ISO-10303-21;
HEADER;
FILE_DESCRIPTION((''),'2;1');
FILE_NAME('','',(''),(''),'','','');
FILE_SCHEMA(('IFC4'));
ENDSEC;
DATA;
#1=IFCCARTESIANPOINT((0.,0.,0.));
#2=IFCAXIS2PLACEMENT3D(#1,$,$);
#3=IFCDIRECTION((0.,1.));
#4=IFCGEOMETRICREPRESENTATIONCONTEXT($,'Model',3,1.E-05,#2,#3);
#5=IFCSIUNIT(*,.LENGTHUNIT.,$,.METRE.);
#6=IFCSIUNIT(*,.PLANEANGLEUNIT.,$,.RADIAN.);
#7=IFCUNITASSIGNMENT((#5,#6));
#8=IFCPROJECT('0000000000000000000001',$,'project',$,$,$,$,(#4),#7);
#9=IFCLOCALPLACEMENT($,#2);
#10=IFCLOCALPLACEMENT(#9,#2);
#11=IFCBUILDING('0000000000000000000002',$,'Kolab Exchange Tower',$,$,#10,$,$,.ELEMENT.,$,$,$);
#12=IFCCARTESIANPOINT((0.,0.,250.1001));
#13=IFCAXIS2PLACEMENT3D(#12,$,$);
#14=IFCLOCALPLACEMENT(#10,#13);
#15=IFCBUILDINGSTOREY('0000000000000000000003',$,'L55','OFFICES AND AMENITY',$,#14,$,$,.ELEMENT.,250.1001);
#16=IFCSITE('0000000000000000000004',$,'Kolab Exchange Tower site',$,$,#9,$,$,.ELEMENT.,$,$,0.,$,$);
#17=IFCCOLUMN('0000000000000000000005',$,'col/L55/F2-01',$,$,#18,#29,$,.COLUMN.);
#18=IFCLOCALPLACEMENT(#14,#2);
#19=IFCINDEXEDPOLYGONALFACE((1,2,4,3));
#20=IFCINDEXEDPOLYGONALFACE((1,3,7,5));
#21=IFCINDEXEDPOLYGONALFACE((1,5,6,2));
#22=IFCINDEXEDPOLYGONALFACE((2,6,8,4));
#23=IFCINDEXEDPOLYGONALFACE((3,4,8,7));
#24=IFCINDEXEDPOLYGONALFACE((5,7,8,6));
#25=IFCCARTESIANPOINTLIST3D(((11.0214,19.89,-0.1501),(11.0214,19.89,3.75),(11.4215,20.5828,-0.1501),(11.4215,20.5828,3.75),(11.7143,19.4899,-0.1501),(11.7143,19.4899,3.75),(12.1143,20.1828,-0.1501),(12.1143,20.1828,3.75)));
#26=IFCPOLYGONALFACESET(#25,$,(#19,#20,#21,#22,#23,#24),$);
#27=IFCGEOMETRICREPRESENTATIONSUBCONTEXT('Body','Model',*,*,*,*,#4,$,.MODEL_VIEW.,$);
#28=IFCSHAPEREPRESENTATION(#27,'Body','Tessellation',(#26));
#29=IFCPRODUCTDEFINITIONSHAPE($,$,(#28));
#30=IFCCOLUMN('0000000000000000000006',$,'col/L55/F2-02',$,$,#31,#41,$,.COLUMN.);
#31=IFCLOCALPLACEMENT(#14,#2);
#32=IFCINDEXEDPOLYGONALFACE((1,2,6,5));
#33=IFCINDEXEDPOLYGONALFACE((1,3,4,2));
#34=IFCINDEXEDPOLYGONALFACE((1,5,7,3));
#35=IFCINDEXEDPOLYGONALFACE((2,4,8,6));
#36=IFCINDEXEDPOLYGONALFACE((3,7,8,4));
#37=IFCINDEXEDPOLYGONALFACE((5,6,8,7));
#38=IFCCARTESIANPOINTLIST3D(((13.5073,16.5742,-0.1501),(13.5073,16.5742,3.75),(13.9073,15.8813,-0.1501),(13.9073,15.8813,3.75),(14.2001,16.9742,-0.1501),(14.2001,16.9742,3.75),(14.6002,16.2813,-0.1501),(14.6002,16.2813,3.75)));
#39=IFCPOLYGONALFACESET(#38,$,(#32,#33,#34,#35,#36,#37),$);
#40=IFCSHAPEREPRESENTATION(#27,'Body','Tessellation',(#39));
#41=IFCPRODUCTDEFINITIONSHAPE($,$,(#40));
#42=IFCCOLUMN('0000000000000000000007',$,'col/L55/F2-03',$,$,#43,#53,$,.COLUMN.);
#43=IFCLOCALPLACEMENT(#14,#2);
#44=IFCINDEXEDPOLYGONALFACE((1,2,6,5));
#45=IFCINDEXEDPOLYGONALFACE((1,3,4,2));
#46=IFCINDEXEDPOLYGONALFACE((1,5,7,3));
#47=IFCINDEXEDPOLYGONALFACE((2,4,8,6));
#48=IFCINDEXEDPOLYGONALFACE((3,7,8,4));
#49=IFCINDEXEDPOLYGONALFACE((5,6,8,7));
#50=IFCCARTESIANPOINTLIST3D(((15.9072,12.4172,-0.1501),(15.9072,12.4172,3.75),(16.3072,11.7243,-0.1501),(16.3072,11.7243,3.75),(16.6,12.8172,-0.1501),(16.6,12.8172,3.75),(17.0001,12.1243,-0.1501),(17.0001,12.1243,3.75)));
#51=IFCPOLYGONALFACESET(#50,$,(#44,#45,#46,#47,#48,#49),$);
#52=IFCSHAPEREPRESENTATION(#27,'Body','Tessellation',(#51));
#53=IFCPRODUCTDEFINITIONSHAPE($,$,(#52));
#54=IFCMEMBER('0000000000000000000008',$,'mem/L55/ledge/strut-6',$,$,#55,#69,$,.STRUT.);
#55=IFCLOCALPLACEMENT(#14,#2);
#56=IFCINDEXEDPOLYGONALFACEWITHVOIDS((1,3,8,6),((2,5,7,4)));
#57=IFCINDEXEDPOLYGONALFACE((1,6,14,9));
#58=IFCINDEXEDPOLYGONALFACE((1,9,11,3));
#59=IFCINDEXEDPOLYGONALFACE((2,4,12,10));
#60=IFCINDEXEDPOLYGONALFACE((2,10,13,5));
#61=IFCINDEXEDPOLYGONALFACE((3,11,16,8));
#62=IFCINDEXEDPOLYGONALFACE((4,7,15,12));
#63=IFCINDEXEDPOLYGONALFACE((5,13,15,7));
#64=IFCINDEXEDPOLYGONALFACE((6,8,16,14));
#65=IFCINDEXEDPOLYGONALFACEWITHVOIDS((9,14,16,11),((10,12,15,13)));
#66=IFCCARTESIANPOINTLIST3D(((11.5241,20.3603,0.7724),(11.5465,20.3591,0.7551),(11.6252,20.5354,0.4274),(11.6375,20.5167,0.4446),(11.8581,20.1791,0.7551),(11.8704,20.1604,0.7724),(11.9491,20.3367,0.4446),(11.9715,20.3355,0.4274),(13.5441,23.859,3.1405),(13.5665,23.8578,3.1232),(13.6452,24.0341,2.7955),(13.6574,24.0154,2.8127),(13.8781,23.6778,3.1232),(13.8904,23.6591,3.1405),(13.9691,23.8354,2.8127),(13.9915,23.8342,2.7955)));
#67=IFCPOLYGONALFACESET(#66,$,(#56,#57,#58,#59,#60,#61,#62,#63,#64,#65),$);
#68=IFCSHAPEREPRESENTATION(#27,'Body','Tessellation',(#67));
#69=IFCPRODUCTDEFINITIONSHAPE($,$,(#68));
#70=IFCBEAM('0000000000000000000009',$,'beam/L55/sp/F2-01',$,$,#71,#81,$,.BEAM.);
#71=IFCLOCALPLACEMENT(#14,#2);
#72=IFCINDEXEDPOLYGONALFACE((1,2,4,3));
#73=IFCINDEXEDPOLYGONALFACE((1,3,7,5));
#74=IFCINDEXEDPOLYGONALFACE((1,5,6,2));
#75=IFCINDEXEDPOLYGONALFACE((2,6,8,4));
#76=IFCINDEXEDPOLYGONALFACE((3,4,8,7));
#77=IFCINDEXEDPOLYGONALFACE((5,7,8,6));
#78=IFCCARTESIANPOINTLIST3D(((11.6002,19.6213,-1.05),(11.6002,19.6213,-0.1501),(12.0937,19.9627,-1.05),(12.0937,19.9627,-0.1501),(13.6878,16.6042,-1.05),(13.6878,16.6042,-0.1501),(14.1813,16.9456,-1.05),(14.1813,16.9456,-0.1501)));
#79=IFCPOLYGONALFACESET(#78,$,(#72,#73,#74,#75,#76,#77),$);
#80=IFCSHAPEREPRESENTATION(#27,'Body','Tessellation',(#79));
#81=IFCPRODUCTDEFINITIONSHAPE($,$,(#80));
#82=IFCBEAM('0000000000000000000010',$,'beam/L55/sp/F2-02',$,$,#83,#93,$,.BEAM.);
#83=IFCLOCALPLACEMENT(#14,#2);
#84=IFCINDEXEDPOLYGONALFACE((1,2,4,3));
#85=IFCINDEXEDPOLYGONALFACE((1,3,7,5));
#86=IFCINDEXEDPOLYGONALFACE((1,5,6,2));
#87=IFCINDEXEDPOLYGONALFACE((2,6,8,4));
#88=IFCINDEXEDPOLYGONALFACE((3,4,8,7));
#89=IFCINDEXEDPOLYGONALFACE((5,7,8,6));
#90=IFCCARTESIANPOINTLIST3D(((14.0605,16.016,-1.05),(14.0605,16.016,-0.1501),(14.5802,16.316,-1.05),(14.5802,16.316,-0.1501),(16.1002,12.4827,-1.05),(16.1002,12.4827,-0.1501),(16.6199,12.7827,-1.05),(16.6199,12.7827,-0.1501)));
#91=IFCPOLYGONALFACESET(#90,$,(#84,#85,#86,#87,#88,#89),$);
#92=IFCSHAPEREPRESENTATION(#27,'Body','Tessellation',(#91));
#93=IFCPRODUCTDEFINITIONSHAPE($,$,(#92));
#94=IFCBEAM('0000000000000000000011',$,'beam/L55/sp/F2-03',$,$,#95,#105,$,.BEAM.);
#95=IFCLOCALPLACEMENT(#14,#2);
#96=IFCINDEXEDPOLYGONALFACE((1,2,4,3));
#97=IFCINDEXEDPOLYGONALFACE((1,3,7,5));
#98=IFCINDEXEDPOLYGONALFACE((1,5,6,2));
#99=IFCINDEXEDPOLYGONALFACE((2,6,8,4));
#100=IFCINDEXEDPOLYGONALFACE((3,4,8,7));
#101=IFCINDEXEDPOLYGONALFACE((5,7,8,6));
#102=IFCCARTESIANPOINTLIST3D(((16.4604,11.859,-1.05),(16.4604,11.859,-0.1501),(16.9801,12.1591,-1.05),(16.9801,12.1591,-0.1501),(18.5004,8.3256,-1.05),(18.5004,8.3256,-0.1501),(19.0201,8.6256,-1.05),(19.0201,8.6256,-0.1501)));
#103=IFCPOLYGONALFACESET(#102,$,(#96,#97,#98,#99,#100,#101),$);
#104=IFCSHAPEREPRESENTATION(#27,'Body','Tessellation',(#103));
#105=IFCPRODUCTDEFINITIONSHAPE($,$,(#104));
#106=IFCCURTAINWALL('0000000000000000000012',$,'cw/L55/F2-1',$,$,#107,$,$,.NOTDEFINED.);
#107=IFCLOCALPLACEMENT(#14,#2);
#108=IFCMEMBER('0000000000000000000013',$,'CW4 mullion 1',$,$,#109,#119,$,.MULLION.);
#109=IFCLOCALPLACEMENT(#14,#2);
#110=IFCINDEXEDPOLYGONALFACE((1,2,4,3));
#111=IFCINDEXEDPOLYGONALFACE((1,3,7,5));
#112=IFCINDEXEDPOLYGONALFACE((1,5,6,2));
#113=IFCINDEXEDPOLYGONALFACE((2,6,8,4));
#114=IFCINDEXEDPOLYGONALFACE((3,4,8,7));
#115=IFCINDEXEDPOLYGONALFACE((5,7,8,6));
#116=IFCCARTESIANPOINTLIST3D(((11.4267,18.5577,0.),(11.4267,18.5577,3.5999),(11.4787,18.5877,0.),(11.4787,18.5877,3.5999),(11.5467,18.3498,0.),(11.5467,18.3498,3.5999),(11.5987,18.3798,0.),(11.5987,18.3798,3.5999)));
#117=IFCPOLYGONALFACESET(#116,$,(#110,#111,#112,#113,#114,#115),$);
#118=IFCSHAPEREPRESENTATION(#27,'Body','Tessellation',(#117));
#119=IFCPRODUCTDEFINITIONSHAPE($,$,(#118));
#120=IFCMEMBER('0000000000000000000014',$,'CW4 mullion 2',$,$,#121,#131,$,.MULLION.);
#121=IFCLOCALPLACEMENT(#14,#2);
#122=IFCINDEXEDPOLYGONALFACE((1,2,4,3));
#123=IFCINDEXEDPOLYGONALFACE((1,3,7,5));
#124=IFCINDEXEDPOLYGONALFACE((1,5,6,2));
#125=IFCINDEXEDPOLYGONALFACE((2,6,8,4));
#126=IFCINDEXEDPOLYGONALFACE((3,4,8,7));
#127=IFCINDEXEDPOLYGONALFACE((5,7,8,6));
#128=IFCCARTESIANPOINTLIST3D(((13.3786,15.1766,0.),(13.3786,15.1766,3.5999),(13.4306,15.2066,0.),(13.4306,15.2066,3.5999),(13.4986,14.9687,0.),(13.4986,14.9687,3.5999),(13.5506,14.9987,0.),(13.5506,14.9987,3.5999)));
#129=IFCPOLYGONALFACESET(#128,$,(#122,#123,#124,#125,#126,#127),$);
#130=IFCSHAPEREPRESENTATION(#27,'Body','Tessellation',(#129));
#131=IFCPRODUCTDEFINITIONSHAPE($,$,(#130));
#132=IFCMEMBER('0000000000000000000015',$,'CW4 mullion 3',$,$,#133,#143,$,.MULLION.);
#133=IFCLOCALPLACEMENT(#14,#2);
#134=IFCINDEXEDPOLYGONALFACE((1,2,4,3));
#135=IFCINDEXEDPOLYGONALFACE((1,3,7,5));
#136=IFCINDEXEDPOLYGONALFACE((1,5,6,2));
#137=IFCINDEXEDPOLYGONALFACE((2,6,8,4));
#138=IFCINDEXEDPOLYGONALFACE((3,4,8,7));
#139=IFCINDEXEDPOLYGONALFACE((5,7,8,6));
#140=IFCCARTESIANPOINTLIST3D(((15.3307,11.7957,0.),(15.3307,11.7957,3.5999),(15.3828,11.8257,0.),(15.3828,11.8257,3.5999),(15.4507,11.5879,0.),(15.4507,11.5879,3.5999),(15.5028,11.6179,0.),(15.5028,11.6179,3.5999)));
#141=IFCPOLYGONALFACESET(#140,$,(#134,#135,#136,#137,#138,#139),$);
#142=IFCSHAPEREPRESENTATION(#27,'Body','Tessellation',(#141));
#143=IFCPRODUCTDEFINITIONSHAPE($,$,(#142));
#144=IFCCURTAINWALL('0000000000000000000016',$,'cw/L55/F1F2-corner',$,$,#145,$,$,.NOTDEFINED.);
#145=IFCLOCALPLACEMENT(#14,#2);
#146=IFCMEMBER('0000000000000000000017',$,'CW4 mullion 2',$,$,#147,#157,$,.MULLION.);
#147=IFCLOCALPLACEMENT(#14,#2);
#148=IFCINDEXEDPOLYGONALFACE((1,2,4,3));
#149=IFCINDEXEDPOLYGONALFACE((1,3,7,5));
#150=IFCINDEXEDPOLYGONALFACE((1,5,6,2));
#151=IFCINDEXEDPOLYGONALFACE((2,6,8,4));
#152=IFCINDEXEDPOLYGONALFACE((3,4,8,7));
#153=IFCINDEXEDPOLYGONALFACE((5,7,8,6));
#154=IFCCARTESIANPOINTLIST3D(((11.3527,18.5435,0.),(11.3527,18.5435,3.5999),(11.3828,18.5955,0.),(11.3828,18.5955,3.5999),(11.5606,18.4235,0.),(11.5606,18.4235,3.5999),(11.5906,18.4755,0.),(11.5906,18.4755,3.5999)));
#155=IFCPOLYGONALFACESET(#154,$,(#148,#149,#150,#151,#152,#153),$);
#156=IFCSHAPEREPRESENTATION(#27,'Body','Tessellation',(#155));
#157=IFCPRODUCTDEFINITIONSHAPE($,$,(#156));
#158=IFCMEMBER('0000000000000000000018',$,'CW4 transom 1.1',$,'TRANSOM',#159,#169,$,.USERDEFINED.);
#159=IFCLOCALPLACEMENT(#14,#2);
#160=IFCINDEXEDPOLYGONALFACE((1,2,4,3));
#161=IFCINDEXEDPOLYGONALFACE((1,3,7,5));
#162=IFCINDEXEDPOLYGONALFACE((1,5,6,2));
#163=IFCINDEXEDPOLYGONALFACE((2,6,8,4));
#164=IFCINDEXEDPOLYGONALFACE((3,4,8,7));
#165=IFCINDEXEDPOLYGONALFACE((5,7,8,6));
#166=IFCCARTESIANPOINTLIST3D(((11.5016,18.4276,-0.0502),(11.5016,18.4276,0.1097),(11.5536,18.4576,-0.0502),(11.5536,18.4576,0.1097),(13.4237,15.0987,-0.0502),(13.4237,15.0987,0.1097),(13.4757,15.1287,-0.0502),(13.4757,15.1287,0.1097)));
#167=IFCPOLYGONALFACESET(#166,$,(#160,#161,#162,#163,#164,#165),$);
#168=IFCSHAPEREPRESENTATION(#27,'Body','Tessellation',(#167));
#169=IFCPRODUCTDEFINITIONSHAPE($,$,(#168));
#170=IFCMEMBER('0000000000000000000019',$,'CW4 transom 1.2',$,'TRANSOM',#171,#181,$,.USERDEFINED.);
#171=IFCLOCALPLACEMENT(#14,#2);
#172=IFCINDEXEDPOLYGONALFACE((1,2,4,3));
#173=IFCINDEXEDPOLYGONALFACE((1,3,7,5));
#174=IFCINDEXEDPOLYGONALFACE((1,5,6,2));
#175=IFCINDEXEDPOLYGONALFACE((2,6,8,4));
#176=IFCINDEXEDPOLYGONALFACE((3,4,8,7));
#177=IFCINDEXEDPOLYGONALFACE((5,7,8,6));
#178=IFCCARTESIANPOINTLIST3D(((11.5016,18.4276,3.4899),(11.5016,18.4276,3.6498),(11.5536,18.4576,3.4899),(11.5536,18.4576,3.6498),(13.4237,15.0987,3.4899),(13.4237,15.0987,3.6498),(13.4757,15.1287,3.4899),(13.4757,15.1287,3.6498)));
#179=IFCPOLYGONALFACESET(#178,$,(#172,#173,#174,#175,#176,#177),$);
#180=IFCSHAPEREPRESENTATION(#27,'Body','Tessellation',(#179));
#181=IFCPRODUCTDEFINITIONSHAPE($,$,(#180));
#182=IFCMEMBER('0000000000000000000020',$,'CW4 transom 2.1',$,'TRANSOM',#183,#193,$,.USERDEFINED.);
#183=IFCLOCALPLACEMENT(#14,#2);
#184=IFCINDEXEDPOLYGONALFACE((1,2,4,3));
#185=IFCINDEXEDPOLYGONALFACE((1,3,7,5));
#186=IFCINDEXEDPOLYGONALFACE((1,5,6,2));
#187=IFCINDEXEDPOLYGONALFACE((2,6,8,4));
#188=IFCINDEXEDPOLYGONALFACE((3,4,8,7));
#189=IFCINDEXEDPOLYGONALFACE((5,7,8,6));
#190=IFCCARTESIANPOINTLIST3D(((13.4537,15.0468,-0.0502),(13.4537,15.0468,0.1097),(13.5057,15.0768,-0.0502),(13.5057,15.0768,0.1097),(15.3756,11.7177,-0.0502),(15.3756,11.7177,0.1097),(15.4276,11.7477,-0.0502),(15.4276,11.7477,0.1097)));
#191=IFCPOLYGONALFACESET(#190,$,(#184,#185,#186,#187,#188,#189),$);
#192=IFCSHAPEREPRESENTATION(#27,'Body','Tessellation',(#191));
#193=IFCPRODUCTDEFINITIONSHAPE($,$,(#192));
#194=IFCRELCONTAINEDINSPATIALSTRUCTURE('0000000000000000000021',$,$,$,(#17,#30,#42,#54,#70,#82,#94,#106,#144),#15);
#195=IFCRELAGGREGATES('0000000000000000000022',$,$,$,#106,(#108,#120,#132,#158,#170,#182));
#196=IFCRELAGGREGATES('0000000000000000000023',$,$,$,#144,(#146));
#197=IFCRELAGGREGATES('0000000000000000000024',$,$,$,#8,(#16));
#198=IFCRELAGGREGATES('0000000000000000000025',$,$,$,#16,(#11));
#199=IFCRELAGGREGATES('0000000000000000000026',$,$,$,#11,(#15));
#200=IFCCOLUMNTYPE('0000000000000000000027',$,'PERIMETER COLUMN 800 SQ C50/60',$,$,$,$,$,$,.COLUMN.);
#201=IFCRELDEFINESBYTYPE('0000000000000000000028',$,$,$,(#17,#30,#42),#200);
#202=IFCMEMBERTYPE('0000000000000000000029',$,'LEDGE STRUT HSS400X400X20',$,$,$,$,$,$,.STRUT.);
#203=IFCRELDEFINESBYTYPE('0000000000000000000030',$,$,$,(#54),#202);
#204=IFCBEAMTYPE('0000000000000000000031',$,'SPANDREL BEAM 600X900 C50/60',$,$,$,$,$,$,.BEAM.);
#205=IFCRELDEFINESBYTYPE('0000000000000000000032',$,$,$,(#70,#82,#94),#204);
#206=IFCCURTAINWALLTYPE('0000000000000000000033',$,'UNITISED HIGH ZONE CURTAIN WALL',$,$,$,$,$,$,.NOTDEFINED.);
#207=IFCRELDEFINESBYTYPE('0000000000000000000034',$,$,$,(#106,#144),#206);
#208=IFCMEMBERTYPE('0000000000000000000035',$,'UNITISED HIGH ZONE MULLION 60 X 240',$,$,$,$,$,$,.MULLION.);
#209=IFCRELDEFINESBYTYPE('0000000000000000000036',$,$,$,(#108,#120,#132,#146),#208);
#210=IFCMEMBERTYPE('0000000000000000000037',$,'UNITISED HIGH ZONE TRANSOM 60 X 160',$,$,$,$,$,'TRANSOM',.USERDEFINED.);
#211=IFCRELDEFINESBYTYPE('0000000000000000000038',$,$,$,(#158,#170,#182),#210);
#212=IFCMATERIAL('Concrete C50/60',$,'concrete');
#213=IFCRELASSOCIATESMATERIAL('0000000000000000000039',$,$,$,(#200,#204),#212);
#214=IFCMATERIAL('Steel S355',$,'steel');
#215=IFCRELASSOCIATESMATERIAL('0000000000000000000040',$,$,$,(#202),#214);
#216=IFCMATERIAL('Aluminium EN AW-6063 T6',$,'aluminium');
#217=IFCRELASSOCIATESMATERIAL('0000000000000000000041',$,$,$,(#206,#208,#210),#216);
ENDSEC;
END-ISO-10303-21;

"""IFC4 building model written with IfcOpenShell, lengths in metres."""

from ifc_helpers import new_model, si_unit, direction, frame, origin, origin_2d, place, context, subcontext, project, spatial, rectangle, hollow_rectangle, extrude, material, material_profile, profile_set, type_object, element, aggregate, save


model = new_model("IFC4")

# Units and contexts
model_context = context("Model", 3, precision=1e-05, world=origin(), true_north=direction((0.0, 1.0)))
body_context = subcontext(model_context, "Body", "Model", "MODEL_VIEW")
ifc_project = project(units=[si_unit("LENGTHUNIT", "METRE"), si_unit("PLANEANGLEUNIT", "RADIAN")], contexts=[model_context])

# Site, building, storey
site_placement = place(None, origin())
site = spatial("IfcSite", under=ifc_project, at=site_placement, Name="Kolab Exchange Tower site", CompositionType="ELEMENT", RefElevation=0.0)
building_placement = place(site_placement, origin())
building = spatial("IfcBuilding", under=site, at=building_placement, Name="Kolab Exchange Tower", CompositionType="ELEMENT")
storey_placement = place(building_placement, frame((0.0, 0.0, 250.1001)))
storey = spatial("IfcBuildingStorey", under=building, at=storey_placement, Name="L55", Description="OFFICES AND AMENITY", CompositionType="ELEMENT", Elevation=250.1001)

# Columns
ifc_material_1 = material(Name="Concrete C50/60", Category="concrete")
ifc_material_profile_1 = material_profile(ifc_material_1, rectangle(XDim=0.8, YDim=0.8, at=origin_2d()), Name="RC800")
ifc_profile_set_1 = profile_set([ifc_material_profile_1], Name="Concrete C50/60")
column_type = type_object("IfcColumnType", Name="PERIMETER COLUMN 800 SQ C50/60", PredefinedType="COLUMN", material=ifc_profile_set_1)
for number, where, z_axis, x_axis, name in (
    (1, (11.5679, 20.0364, -0.1501), (0.0, 0.0, 1.0), (0.5, 0.866025, 0.0), "col/L55/F2-01"),
    (2, (14.0537, 16.4277, -0.1501), (0.0, 0.0, 1.0), (0.866025, 0.5, 0.0), "col/L55/F2-02"),
    (3, (16.4536, 12.2708, -0.1501), (0.0, 0.0, 1.0), (0.866025, 0.5, 0.0), "col/L55/F2-03"),
):
    element("IfcColumn", number, at=place(storey_placement, frame(where, z_axis=z_axis, x_axis=x_axis)), inside=storey, type_object=column_type, Name=name, PredefinedType="COLUMN", context=body_context, shape_type="SweptSolid", body=[
        extrude(rectangle(XDim=0.8, YDim=0.8, at=origin_2d()), origin(), (0.0, 0.0, 1.0), 3.9001),
    ])

# Member
ifc_material_2 = material(Name="Steel S355", Category="steel")
ifc_material_profile_2 = material_profile(ifc_material_2, hollow_rectangle(XDim=0.3999, YDim=0.3999, WallThickness=0.02, at=origin_2d()), Name="HSS400X400X20")
ifc_profile_set_2 = profile_set([ifc_material_profile_2], Name="Steel S355")
member_type_1 = type_object("IfcMemberType", Name="LEDGE STRUT HSS400X400X20", PredefinedType="STRUT", material=ifc_profile_set_2)
member_1_placement = place(storey_placement, frame((11.7478, 20.3479, 0.5999), z_axis=(0.431355, 0.747129, 0.505698), x_axis=(-0.866026, 0.5, 0.0)))
element("IfcMember", 4, at=member_1_placement, inside=storey, type_object=member_type_1, Name="mem/L55/ledge/strut-6", PredefinedType="STRUT", context=body_context, shape_type="SweptSolid", body=[
    extrude(hollow_rectangle(XDim=0.3999, YDim=0.3999, WallThickness=0.02, at=origin_2d()), origin(), (0.0, 0.0, 1.0), 4.6829),
])

# Beams
ifc_material_profile_3 = material_profile(ifc_material_1, rectangle(XDim=0.6001, YDim=0.8999, at=origin_2d()), Name="RC600X900")
ifc_profile_set_3 = profile_set([ifc_material_profile_3], Name="Concrete C50/60")
beam_type = type_object("IfcBeamType", Name="SPANDREL BEAM 600X900 C50/60", PredefinedType="BEAM", material=ifc_profile_set_3)
beam_1_placement = place(storey_placement, frame((11.8469, 19.792, -0.6001), z_axis=(0.569006, -0.822334, 0.0), x_axis=(0.822334, 0.569006, 0.0)))
element("IfcBeam", 5, at=beam_1_placement, inside=storey, type_object=beam_type, Name="beam/L55/sp/F2-01", PredefinedType="BEAM", context=body_context, shape_type="SweptSolid", body=[
    extrude(rectangle(XDim=0.6001, YDim=0.8999, at=origin_2d()), origin(), (0.0, 0.0, 1.0), 3.6689),
])
beam_2_placement = place(storey_placement, frame((14.3203, 16.166, -0.6001), z_axis=(0.499956, -0.866051, 0.0), x_axis=(0.866051, 0.499956, 0.0)))
element("IfcBeam", 6, at=beam_2_placement, inside=storey, type_object=beam_type, Name="beam/L55/sp/F2-02", PredefinedType="BEAM", context=body_context, shape_type="SweptSolid", body=[
    extrude(rectangle(XDim=0.6001, YDim=0.8999, at=origin_2d()), origin(), (0.0, 0.0, 1.0), 4.0798),
])
beam_3_placement = place(storey_placement, frame((16.7202, 12.009, -0.6001), z_axis=(0.5, -0.866025, 0.0), x_axis=(0.866025, 0.5, 0.0)))
element("IfcBeam", 7, at=beam_3_placement, inside=storey, type_object=beam_type, Name="beam/L55/sp/F2-03", PredefinedType="BEAM", context=body_context, shape_type="SweptSolid", body=[
    extrude(rectangle(XDim=0.6001, YDim=0.8999, at=origin_2d()), origin(), (0.0, 0.0, 1.0), 4.0801),
])

# Curtain wall, members
ifc_material_3 = material(Name="Aluminium EN AW-6063 T6", Category="aluminium")
curtain_wall_type = type_object("IfcCurtainWallType", Name="UNITISED HIGH ZONE CURTAIN WALL", PredefinedType="NOTDEFINED", material=ifc_material_3)
curtain_wall_1_placement = place(storey_placement, origin())
curtain_wall_1 = element("IfcCurtainWall", 8, at=curtain_wall_1_placement, inside=storey, type_object=curtain_wall_type, Name="cw/L55/F2-1", PredefinedType="NOTDEFINED")
ifc_material_profile_4 = material_profile(ifc_material_3, rectangle(XDim=0.0601, YDim=0.24, at=origin_2d()), Name="RECT 60X240")
ifc_profile_set_4 = profile_set([ifc_material_profile_4], Name="Aluminium EN AW-6063 T6")
member_type_2 = type_object("IfcMemberType", Name="UNITISED HIGH ZONE MULLION 60 X 240", PredefinedType="MULLION", material=ifc_profile_set_4)
member_2_placement = place(storey_placement, frame((11.5127, 18.4688, 0.0), z_axis=(0.0, 0.0, 1.0), x_axis=(0.866025, 0.5, 0.0)))
member_2 = element("IfcMember", 9, at=member_2_placement, type_object=member_type_2, Name="CW4 mullion 1", PredefinedType="MULLION", context=body_context, shape_type="SweptSolid", body=[
    extrude(rectangle(XDim=0.0601, YDim=0.24, at=origin_2d()), origin(), (0.0, 0.0, 1.0), 3.5999),
])
member_3_placement = place(storey_placement, frame((13.4646, 15.0876, 0.0), z_axis=(0.0, 0.0, 1.0), x_axis=(0.866025, 0.5, 0.0)))
member_3 = element("IfcMember", 10, at=member_3_placement, type_object=member_type_2, Name="CW4 mullion 2", PredefinedType="MULLION", context=body_context, shape_type="SweptSolid", body=[
    extrude(rectangle(XDim=0.0601, YDim=0.24, at=origin_2d()), origin(), (0.0, 0.0, 1.0), 3.5999),
])
member_4_placement = place(storey_placement, frame((15.4167, 11.7068, 0.0), z_axis=(0.0, 0.0, 1.0), x_axis=(0.866025, 0.5, 0.0)))
member_4 = element("IfcMember", 11, at=member_4_placement, type_object=member_type_2, Name="CW4 mullion 3", PredefinedType="MULLION", context=body_context, shape_type="SweptSolid", body=[
    extrude(rectangle(XDim=0.0601, YDim=0.24, at=origin_2d()), origin(), (0.0, 0.0, 1.0), 3.5999),
])

# Curtain wall, member
curtain_wall_2_placement = place(storey_placement, origin())
curtain_wall_2 = element("IfcCurtainWall", 12, at=curtain_wall_2_placement, inside=storey, type_object=curtain_wall_type, Name="cw/L55/F1F2-corner", PredefinedType="NOTDEFINED")
member_5_placement = place(storey_placement, frame((11.4717, 18.5095, 0.0), z_axis=(0.0, 0.0, 1.0), x_axis=(0.5, 0.866025, 0.0)))
member_5 = element("IfcMember", 13, at=member_5_placement, type_object=member_type_2, Name="CW4 mullion 2", PredefinedType="MULLION", context=body_context, shape_type="SweptSolid", body=[
    extrude(rectangle(XDim=0.0601, YDim=0.24, at=origin_2d()), origin(), (0.0, 0.0, 1.0), 3.5999),
])

# Members
ifc_material_profile_5 = material_profile(ifc_material_3, rectangle(XDim=0.0601, YDim=0.1599, at=origin_2d()), Name="RECT 60X160")
ifc_profile_set_5 = profile_set([ifc_material_profile_5], Name="Aluminium EN AW-6063 T6")
member_type_3 = type_object("IfcMemberType", Name="UNITISED HIGH ZONE TRANSOM 60 X 160", ElementType="TRANSOM", PredefinedType="USERDEFINED", material=ifc_profile_set_5)
member_6_placement = place(storey_placement, frame((11.5276, 18.4426, 0.0298), z_axis=(0.500039, -0.866003, 0.0), x_axis=(0.866003, 0.500039, 0.0)))
member_6 = element("IfcMember", 14, at=member_6_placement, type_object=member_type_3, Name="CW4 transom 1.1", ObjectType="TRANSOM", PredefinedType="USERDEFINED", context=body_context, shape_type="SweptSolid", body=[
    extrude(rectangle(XDim=0.0601, YDim=0.1599, at=origin_2d()), origin(), (0.0, 0.0, 1.0), 3.844),
])
member_7_placement = place(storey_placement, frame((11.5276, 18.4426, 3.5698), z_axis=(0.500039, -0.866003, 0.0), x_axis=(0.866003, 0.500039, 0.0)))
member_7 = element("IfcMember", 15, at=member_7_placement, type_object=member_type_3, Name="CW4 transom 1.2", ObjectType="TRANSOM", PredefinedType="USERDEFINED", context=body_context, shape_type="SweptSolid", body=[
    extrude(rectangle(XDim=0.0601, YDim=0.1599, at=origin_2d()), origin(), (0.0, 0.0, 1.0), 3.844),
])
member_8_placement = place(storey_placement, frame((13.4797, 15.0618, 0.0298), z_axis=(0.499964, -0.866046, 0.0), x_axis=(0.866046, 0.499964, 0.0)))
member_8 = element("IfcMember", 16, at=member_8_placement, type_object=member_type_3, Name="CW4 transom 2.1", ObjectType="TRANSOM", PredefinedType="USERDEFINED", context=body_context, shape_type="SweptSolid", body=[
    extrude(rectangle(XDim=0.0601, YDim=0.1599, at=origin_2d()), origin(), (0.0, 0.0, 1.0), 3.844),
])

aggregate(curtain_wall_1, [member_2, member_3, member_4, member_6, member_7, member_8])
aggregate(curtain_wall_2, [member_5])

save(model, "model.ifc")
